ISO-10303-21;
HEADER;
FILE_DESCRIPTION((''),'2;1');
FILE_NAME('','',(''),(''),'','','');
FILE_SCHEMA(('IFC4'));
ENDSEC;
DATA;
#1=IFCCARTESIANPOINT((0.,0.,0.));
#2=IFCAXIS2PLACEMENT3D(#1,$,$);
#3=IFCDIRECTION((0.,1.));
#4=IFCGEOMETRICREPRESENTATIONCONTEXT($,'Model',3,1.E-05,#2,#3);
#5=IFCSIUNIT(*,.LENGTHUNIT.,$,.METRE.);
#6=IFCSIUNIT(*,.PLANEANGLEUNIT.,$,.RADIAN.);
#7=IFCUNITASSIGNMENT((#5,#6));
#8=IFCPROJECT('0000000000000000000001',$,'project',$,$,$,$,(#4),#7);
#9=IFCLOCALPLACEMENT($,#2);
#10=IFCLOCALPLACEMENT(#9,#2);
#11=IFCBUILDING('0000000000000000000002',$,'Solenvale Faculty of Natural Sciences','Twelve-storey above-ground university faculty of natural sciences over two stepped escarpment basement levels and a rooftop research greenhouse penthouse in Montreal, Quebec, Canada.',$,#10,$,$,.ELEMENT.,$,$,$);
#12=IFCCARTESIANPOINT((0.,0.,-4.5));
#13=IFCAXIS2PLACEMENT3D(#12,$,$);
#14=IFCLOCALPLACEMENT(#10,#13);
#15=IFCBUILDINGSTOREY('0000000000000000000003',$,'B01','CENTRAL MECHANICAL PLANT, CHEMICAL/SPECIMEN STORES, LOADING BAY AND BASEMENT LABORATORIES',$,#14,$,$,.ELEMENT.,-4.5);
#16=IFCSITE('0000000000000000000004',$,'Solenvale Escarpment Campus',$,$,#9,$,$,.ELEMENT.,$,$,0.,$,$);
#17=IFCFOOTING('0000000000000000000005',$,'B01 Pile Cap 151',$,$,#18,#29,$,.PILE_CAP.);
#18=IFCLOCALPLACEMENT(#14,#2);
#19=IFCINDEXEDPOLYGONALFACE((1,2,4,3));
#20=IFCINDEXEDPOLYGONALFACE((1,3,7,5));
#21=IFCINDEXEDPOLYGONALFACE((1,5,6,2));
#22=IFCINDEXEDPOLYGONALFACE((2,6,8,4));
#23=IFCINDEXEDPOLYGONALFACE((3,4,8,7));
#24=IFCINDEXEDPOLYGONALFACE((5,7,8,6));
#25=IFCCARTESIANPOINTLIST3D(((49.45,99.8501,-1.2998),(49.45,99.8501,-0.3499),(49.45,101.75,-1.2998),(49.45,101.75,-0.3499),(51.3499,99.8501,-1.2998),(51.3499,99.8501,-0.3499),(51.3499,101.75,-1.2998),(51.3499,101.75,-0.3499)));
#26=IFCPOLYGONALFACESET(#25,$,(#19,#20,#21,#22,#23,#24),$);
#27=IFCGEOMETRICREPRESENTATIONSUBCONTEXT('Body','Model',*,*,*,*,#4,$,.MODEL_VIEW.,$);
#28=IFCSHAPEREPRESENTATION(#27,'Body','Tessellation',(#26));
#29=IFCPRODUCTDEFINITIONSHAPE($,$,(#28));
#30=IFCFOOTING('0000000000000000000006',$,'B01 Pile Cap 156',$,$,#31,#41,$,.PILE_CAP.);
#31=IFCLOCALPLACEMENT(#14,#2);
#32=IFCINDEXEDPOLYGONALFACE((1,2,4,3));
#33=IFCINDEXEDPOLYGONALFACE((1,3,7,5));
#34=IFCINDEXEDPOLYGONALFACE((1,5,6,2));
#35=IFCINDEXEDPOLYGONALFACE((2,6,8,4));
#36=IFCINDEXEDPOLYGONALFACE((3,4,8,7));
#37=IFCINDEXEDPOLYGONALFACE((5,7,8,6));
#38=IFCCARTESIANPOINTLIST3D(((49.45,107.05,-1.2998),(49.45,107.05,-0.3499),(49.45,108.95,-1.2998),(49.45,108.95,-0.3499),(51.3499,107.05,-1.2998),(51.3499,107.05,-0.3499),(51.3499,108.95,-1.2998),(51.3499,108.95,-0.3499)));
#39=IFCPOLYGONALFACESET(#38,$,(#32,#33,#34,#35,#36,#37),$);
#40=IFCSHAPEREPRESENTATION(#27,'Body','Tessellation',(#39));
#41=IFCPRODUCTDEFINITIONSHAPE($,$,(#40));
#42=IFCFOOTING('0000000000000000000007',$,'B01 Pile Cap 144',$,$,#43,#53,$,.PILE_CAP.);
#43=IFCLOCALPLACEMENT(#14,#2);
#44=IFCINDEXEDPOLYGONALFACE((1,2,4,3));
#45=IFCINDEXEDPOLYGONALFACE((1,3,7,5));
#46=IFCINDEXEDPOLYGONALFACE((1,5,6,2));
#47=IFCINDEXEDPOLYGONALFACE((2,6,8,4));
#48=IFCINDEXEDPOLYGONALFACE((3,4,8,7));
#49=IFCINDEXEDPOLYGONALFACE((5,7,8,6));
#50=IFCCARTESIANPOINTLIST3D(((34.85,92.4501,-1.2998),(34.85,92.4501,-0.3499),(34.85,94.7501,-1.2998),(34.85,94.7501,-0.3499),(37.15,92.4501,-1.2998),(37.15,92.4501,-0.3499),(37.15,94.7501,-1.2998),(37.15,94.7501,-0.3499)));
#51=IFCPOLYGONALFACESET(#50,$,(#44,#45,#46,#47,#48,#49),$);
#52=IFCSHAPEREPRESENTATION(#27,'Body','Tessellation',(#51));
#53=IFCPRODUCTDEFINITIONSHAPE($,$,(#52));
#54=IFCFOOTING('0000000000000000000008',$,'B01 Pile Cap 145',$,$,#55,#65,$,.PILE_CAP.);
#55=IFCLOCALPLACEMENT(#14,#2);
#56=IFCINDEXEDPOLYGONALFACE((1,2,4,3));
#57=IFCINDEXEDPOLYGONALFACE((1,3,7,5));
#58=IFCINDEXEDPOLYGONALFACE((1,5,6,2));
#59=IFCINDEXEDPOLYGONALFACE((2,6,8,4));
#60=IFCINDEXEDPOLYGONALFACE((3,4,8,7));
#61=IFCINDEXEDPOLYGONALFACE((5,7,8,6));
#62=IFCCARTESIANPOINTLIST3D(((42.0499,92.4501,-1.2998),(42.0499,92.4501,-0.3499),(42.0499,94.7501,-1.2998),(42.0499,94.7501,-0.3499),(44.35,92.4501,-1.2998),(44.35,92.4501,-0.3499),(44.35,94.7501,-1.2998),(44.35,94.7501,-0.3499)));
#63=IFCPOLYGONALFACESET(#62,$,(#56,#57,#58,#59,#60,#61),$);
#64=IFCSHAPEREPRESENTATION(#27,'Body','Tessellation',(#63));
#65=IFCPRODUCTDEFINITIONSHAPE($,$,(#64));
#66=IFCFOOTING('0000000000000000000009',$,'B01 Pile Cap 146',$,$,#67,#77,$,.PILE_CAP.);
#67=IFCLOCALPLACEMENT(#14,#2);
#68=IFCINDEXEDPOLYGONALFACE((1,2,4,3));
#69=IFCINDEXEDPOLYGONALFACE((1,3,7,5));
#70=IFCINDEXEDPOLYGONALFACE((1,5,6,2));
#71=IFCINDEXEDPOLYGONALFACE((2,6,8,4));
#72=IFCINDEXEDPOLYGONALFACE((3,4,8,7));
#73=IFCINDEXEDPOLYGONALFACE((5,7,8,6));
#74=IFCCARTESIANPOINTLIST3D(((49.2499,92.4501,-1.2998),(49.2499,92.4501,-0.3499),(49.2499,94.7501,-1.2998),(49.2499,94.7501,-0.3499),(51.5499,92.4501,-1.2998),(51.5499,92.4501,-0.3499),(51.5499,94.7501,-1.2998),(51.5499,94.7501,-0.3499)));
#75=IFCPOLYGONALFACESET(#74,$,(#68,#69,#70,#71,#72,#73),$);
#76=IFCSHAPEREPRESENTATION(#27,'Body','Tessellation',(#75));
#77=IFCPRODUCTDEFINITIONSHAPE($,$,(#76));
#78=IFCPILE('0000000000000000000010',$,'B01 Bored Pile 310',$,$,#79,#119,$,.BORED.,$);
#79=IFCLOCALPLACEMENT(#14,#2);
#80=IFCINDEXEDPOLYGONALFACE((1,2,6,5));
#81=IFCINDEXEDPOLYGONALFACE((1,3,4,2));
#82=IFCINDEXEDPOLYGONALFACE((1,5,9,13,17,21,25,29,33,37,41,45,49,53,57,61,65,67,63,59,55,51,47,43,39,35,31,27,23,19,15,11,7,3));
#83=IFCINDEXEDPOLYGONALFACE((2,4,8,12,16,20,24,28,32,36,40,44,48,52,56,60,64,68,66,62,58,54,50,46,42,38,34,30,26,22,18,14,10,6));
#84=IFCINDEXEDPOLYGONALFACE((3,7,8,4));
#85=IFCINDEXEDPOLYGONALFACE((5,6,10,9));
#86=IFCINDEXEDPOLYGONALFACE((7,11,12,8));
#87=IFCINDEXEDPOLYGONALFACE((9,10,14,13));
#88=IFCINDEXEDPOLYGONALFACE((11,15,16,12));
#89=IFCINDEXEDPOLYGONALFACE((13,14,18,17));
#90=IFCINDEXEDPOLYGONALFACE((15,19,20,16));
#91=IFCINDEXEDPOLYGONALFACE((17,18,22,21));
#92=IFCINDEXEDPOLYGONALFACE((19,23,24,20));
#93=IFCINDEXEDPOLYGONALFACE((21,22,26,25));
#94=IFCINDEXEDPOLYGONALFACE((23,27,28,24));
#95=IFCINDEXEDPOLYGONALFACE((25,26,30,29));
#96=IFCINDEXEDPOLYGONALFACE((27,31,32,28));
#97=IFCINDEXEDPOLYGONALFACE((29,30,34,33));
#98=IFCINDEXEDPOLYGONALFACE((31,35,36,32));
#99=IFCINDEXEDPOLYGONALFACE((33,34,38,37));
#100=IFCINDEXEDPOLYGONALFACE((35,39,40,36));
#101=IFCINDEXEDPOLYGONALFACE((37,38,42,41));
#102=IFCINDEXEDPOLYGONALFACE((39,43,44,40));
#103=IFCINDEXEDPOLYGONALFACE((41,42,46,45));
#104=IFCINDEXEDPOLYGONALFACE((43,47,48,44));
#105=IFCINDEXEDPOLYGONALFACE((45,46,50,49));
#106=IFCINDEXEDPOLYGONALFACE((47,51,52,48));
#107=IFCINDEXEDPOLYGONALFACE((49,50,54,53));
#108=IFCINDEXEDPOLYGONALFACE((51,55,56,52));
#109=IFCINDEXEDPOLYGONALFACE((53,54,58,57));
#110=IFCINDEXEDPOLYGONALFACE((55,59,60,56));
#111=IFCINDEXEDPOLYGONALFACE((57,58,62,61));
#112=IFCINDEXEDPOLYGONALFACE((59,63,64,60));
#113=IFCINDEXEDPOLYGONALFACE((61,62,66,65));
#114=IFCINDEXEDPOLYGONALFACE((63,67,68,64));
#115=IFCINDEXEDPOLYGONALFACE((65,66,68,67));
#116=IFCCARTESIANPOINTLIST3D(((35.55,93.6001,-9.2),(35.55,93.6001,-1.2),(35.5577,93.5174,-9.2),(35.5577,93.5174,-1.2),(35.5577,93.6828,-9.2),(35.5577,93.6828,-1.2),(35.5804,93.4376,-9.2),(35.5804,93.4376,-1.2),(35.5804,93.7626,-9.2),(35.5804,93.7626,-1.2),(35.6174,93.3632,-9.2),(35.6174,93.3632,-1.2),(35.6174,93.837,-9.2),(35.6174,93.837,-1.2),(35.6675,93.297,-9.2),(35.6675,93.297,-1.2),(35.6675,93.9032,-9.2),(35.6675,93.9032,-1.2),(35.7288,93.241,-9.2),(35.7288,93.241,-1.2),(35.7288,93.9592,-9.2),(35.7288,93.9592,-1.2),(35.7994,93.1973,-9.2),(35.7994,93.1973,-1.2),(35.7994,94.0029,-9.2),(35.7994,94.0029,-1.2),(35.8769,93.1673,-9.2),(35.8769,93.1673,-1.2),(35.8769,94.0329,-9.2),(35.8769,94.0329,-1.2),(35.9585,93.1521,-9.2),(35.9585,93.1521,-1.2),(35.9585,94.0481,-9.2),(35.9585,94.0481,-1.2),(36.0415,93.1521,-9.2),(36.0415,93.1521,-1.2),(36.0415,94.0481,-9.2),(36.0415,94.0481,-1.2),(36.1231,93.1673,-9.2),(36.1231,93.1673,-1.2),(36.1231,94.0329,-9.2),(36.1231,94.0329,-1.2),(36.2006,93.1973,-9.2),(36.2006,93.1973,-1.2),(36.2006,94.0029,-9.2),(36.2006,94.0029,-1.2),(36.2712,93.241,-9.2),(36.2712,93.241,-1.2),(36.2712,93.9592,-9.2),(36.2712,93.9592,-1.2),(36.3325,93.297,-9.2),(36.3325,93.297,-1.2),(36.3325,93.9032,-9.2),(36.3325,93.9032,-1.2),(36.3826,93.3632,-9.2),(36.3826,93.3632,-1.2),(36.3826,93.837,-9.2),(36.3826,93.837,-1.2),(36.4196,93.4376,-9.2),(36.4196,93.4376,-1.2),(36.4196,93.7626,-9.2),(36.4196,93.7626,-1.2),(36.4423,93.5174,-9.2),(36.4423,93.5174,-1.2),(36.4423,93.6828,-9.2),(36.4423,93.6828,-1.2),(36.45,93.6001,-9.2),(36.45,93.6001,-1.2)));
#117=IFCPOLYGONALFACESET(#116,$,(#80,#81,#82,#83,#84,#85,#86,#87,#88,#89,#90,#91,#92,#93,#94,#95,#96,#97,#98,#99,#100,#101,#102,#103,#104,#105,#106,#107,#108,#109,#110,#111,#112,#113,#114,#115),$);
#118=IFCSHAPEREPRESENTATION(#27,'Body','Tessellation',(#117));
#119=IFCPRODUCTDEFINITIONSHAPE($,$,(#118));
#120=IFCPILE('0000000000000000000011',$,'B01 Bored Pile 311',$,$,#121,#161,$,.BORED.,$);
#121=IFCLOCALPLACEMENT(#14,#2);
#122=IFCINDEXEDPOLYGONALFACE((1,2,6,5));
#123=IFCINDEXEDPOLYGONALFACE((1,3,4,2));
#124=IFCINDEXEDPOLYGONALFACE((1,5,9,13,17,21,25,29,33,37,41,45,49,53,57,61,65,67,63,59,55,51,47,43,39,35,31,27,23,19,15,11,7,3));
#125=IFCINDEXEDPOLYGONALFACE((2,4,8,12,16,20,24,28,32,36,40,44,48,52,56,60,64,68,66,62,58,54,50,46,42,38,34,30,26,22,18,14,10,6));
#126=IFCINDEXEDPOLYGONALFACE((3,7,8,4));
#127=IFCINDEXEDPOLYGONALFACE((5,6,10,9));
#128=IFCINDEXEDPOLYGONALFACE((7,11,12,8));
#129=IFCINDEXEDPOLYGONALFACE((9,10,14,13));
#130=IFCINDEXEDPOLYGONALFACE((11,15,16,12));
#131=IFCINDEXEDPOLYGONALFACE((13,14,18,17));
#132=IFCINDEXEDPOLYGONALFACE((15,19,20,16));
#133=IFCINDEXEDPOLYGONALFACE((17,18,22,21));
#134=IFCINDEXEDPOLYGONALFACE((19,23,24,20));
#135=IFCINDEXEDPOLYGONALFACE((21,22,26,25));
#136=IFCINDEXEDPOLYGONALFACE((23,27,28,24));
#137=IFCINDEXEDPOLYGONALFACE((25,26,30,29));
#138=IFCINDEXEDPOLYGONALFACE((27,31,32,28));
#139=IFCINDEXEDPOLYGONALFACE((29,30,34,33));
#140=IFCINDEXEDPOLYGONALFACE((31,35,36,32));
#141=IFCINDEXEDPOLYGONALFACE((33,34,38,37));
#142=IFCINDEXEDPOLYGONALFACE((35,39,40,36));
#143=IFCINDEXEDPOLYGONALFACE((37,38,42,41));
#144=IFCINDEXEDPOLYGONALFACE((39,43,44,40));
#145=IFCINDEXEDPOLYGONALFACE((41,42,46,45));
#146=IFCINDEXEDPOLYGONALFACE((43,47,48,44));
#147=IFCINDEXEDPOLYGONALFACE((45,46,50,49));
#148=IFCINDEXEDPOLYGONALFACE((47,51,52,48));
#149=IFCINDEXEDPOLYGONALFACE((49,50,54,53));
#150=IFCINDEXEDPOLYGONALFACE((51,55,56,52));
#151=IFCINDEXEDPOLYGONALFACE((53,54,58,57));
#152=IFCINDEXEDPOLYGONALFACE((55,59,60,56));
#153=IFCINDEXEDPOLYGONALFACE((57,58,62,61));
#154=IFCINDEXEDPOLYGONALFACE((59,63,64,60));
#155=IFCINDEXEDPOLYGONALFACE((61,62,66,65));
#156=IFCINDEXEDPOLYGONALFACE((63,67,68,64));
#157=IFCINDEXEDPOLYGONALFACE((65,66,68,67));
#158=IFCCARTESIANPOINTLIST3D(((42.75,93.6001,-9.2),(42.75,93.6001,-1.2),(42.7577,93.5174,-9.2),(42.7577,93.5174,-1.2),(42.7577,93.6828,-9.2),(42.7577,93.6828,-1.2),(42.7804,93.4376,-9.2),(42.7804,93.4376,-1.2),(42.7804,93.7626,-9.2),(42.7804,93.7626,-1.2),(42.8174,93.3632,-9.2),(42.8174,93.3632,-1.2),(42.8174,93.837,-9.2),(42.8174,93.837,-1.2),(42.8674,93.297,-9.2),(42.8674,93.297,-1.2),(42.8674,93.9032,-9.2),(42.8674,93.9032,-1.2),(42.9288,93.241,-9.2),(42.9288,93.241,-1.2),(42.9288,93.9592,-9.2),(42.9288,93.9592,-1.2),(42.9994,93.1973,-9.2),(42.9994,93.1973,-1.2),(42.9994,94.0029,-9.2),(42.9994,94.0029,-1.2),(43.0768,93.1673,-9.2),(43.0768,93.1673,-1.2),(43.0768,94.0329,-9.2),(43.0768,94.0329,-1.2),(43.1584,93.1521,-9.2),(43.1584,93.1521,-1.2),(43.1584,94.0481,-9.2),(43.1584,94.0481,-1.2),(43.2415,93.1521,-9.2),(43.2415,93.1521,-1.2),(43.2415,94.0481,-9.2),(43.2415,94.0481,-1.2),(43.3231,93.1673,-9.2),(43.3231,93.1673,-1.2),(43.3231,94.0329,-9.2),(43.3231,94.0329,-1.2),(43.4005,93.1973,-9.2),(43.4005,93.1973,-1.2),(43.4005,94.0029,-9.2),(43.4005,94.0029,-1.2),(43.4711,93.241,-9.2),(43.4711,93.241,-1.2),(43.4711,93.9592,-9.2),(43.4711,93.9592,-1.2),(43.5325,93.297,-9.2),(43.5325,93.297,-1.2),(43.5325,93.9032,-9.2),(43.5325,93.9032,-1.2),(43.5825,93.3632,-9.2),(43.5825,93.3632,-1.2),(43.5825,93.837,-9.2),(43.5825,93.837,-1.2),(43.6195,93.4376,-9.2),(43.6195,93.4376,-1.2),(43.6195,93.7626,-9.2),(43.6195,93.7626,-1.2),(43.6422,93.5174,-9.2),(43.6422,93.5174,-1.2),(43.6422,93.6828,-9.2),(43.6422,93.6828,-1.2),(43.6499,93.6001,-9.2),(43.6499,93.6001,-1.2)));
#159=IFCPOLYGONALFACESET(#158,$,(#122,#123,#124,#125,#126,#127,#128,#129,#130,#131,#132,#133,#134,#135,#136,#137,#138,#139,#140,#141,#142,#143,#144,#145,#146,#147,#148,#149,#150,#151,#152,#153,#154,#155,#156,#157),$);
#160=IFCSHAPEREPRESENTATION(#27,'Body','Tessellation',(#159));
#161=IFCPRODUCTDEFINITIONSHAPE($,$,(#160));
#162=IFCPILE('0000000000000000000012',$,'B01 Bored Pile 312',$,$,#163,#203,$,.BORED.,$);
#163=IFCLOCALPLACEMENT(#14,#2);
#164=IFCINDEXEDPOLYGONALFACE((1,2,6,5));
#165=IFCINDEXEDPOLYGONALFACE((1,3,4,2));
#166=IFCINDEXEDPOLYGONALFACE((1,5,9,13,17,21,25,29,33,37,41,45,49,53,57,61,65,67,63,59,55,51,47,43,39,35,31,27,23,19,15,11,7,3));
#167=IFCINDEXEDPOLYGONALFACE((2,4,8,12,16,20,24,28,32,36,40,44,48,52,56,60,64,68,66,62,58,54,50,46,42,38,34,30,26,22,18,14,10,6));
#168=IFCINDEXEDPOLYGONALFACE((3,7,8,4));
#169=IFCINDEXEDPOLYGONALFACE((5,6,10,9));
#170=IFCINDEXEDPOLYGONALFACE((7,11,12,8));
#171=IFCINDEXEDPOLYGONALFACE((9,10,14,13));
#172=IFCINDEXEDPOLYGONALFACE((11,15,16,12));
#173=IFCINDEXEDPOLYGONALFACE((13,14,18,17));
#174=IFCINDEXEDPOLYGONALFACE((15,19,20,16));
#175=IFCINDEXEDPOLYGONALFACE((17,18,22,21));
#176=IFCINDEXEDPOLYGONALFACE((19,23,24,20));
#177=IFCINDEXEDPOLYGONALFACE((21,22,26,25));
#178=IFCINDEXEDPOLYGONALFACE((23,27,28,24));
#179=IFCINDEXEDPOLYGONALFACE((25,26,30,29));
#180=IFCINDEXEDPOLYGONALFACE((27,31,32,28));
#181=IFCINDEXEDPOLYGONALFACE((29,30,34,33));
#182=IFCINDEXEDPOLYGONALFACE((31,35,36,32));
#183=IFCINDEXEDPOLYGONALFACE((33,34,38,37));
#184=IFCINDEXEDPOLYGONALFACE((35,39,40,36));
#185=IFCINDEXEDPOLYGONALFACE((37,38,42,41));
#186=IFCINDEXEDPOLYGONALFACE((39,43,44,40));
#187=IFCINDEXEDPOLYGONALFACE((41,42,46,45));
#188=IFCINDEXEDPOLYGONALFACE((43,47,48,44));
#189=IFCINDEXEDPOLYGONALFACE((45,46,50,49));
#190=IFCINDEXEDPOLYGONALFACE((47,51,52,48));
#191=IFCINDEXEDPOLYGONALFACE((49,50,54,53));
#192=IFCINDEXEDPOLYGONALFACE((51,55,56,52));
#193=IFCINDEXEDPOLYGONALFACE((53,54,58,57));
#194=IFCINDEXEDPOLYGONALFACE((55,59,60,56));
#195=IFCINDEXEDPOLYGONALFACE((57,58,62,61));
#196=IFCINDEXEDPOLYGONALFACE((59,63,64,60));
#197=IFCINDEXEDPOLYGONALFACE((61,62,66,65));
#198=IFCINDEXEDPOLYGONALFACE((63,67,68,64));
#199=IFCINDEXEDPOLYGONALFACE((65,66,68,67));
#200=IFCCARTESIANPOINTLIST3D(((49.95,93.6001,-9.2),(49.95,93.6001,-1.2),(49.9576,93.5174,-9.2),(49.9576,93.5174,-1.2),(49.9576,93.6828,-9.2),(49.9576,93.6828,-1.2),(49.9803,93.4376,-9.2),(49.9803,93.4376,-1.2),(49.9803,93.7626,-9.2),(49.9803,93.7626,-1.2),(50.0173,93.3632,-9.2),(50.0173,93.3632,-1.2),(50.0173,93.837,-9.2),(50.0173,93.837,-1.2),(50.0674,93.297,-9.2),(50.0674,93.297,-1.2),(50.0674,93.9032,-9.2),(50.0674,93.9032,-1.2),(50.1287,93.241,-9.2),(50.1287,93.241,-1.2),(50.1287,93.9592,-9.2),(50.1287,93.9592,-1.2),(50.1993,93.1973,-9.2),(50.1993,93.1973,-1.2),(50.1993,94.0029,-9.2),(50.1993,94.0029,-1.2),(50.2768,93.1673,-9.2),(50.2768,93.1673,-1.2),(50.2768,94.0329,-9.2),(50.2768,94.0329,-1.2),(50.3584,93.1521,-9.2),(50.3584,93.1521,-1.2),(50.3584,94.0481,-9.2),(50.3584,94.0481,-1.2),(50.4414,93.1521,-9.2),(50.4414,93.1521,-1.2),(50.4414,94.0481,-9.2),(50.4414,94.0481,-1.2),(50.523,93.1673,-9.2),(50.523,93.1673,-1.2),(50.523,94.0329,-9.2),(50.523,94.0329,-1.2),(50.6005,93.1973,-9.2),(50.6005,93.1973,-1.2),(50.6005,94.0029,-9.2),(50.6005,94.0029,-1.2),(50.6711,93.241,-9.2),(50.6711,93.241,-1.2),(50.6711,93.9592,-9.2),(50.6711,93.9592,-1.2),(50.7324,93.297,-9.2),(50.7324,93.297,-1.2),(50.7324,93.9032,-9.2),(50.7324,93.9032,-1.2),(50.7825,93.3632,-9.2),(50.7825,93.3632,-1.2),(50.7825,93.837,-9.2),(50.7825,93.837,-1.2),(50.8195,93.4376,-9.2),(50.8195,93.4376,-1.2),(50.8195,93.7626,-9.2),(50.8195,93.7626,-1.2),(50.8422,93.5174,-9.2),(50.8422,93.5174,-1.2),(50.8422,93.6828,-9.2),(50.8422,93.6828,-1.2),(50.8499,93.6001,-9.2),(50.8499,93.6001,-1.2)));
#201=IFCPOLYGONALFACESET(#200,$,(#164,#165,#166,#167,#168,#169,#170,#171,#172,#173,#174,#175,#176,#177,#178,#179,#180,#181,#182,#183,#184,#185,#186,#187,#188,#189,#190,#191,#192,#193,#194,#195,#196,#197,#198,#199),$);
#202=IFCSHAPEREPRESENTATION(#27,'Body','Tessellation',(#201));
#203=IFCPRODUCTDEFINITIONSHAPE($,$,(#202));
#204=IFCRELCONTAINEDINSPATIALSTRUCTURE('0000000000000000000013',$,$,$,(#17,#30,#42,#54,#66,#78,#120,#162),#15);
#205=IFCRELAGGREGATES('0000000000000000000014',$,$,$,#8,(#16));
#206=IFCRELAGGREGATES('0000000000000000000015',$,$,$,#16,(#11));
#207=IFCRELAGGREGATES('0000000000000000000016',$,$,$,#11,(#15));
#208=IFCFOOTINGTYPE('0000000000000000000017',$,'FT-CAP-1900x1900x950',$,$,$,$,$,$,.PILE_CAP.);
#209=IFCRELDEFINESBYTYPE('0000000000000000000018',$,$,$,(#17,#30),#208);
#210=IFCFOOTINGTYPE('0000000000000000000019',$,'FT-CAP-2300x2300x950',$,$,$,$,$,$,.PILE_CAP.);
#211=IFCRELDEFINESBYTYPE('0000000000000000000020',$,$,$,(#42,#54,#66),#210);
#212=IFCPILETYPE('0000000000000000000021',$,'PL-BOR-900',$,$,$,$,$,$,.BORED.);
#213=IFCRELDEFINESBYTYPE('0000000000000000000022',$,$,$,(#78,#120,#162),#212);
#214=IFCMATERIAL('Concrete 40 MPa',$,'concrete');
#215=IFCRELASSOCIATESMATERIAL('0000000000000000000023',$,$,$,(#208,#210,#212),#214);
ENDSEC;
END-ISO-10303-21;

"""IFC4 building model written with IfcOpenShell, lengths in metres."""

from ifc_helpers import new_model, si_unit, direction, frame, origin, origin_2d, place, context, subcontext, project, spatial, rectangle, circle, extrude, material, material_profile, profile_set, type_object, element, save


model = new_model("IFC4")

# Units and contexts
model_context = context("Model", 3, precision=1e-05, world=origin(), true_north=direction((0.0, 1.0)))
body_context = subcontext(model_context, "Body", "Model", "MODEL_VIEW")
ifc_project = project(units=[si_unit("LENGTHUNIT", "METRE"), si_unit("PLANEANGLEUNIT", "RADIAN")], contexts=[model_context])

# Site, building, storey
site_placement = place(None, origin())
site = spatial("IfcSite", under=ifc_project, at=site_placement, Name="Solenvale Escarpment Campus", CompositionType="ELEMENT", RefElevation=0.0)
building_placement = place(site_placement, origin())
building = spatial("IfcBuilding", under=site, at=building_placement, Name="Solenvale Faculty of Natural Sciences", Description="Twelve-storey above-ground university faculty of natural sciences over two stepped escarpment basement levels and a rooftop research greenhouse penthouse in Montreal, Quebec, Canada.", CompositionType="ELEMENT")
storey_placement = place(building_placement, frame((0.0, 0.0, -4.5)))
storey = spatial("IfcBuildingStorey", under=building, at=storey_placement, Name="B01", Description="CENTRAL MECHANICAL PLANT, CHEMICAL/SPECIMEN STORES, LOADING BAY AND BASEMENT LABORATORIES", CompositionType="ELEMENT", Elevation=-4.5)

# Footings
ifc_material_1 = material(Name="Concrete 40 MPa", Category="concrete")
footing_type_1 = type_object("IfcFootingType", Name="FT-CAP-1900x1900x950", PredefinedType="PILE_CAP", material=ifc_material_1)
for number, where, z_axis, x_axis, name in (
    (1, (50.3999, 100.8, -1.2998), (0.0, 0.0, 1.0), (1.0, 0.0, 0.0), "B01 Pile Cap 151"),
    (2, (50.3999, 108.0, -1.2998), (0.0, 0.0, 1.0), (1.0, 0.0, 0.0), "B01 Pile Cap 156"),
):
    element("IfcFooting", number, at=place(storey_placement, frame(where, z_axis=z_axis, x_axis=x_axis)), inside=storey, type_object=footing_type_1, Name=name, PredefinedType="PILE_CAP", context=body_context, shape_type="SweptSolid", body=[
        extrude(rectangle(XDim=1.8999, YDim=1.8999, at=origin_2d()), origin(), (0.0, 0.0, 1.0), 0.95),
    ])
footing_type_2 = type_object("IfcFootingType", Name="FT-CAP-2300x2300x950", PredefinedType="PILE_CAP", material=ifc_material_1)
for number, where, z_axis, x_axis, name in (
    (3, (36.0, 93.6001, -1.2998), (0.0, 0.0, 1.0), (1.0, 0.0, 0.0), "B01 Pile Cap 144"),
    (4, (43.2, 93.6001, -1.2998), (0.0, 0.0, 1.0), (1.0, 0.0, 0.0), "B01 Pile Cap 145"),
    (5, (50.3999, 93.6001, -1.2998), (0.0, 0.0, 1.0), (1.0, 0.0, 0.0), "B01 Pile Cap 146"),
):
    element("IfcFooting", number, at=place(storey_placement, frame(where, z_axis=z_axis, x_axis=x_axis)), inside=storey, type_object=footing_type_2, Name=name, PredefinedType="PILE_CAP", context=body_context, shape_type="SweptSolid", body=[
        extrude(rectangle(XDim=2.3, YDim=2.3, at=origin_2d()), origin(), (0.0, 0.0, 1.0), 0.95),
    ])

# Piles
ifc_material_profile_1 = material_profile(ifc_material_1, circle(Radius=0.45, at=origin_2d()), Name="PILE-D900")
ifc_profile_set_1 = profile_set([ifc_material_profile_1], Name="Concrete 40 MPa")
pile_type = type_object("IfcPileType", Name="PL-BOR-900", PredefinedType="BORED", material=ifc_profile_set_1)
for number, where, z_axis, x_axis, name in (
    (6, (36.0, 93.6001, -1.2), (0.0, 0.0, -1.0), (1.0, 0.0, 0.0), "B01 Bored Pile 310"),
    (7, (43.2, 93.6001, -1.2), (0.0, 0.0, -1.0), (1.0, 0.0, 0.0), "B01 Bored Pile 311"),
    (8, (50.3999, 93.6001, -1.2), (0.0, 0.0, -1.0), (1.0, 0.0, 0.0), "B01 Bored Pile 312"),
):
    element("IfcPile", number, at=place(storey_placement, frame(where, z_axis=z_axis, x_axis=x_axis)), inside=storey, type_object=pile_type, Name=name, PredefinedType="BORED", context=body_context, shape_type="SweptSolid", body=[
        extrude(circle(Radius=0.45, at=origin_2d()), origin(), (0.0, 0.0, 1.0), 8.0),
    ])

save(model, "model.ifc")
